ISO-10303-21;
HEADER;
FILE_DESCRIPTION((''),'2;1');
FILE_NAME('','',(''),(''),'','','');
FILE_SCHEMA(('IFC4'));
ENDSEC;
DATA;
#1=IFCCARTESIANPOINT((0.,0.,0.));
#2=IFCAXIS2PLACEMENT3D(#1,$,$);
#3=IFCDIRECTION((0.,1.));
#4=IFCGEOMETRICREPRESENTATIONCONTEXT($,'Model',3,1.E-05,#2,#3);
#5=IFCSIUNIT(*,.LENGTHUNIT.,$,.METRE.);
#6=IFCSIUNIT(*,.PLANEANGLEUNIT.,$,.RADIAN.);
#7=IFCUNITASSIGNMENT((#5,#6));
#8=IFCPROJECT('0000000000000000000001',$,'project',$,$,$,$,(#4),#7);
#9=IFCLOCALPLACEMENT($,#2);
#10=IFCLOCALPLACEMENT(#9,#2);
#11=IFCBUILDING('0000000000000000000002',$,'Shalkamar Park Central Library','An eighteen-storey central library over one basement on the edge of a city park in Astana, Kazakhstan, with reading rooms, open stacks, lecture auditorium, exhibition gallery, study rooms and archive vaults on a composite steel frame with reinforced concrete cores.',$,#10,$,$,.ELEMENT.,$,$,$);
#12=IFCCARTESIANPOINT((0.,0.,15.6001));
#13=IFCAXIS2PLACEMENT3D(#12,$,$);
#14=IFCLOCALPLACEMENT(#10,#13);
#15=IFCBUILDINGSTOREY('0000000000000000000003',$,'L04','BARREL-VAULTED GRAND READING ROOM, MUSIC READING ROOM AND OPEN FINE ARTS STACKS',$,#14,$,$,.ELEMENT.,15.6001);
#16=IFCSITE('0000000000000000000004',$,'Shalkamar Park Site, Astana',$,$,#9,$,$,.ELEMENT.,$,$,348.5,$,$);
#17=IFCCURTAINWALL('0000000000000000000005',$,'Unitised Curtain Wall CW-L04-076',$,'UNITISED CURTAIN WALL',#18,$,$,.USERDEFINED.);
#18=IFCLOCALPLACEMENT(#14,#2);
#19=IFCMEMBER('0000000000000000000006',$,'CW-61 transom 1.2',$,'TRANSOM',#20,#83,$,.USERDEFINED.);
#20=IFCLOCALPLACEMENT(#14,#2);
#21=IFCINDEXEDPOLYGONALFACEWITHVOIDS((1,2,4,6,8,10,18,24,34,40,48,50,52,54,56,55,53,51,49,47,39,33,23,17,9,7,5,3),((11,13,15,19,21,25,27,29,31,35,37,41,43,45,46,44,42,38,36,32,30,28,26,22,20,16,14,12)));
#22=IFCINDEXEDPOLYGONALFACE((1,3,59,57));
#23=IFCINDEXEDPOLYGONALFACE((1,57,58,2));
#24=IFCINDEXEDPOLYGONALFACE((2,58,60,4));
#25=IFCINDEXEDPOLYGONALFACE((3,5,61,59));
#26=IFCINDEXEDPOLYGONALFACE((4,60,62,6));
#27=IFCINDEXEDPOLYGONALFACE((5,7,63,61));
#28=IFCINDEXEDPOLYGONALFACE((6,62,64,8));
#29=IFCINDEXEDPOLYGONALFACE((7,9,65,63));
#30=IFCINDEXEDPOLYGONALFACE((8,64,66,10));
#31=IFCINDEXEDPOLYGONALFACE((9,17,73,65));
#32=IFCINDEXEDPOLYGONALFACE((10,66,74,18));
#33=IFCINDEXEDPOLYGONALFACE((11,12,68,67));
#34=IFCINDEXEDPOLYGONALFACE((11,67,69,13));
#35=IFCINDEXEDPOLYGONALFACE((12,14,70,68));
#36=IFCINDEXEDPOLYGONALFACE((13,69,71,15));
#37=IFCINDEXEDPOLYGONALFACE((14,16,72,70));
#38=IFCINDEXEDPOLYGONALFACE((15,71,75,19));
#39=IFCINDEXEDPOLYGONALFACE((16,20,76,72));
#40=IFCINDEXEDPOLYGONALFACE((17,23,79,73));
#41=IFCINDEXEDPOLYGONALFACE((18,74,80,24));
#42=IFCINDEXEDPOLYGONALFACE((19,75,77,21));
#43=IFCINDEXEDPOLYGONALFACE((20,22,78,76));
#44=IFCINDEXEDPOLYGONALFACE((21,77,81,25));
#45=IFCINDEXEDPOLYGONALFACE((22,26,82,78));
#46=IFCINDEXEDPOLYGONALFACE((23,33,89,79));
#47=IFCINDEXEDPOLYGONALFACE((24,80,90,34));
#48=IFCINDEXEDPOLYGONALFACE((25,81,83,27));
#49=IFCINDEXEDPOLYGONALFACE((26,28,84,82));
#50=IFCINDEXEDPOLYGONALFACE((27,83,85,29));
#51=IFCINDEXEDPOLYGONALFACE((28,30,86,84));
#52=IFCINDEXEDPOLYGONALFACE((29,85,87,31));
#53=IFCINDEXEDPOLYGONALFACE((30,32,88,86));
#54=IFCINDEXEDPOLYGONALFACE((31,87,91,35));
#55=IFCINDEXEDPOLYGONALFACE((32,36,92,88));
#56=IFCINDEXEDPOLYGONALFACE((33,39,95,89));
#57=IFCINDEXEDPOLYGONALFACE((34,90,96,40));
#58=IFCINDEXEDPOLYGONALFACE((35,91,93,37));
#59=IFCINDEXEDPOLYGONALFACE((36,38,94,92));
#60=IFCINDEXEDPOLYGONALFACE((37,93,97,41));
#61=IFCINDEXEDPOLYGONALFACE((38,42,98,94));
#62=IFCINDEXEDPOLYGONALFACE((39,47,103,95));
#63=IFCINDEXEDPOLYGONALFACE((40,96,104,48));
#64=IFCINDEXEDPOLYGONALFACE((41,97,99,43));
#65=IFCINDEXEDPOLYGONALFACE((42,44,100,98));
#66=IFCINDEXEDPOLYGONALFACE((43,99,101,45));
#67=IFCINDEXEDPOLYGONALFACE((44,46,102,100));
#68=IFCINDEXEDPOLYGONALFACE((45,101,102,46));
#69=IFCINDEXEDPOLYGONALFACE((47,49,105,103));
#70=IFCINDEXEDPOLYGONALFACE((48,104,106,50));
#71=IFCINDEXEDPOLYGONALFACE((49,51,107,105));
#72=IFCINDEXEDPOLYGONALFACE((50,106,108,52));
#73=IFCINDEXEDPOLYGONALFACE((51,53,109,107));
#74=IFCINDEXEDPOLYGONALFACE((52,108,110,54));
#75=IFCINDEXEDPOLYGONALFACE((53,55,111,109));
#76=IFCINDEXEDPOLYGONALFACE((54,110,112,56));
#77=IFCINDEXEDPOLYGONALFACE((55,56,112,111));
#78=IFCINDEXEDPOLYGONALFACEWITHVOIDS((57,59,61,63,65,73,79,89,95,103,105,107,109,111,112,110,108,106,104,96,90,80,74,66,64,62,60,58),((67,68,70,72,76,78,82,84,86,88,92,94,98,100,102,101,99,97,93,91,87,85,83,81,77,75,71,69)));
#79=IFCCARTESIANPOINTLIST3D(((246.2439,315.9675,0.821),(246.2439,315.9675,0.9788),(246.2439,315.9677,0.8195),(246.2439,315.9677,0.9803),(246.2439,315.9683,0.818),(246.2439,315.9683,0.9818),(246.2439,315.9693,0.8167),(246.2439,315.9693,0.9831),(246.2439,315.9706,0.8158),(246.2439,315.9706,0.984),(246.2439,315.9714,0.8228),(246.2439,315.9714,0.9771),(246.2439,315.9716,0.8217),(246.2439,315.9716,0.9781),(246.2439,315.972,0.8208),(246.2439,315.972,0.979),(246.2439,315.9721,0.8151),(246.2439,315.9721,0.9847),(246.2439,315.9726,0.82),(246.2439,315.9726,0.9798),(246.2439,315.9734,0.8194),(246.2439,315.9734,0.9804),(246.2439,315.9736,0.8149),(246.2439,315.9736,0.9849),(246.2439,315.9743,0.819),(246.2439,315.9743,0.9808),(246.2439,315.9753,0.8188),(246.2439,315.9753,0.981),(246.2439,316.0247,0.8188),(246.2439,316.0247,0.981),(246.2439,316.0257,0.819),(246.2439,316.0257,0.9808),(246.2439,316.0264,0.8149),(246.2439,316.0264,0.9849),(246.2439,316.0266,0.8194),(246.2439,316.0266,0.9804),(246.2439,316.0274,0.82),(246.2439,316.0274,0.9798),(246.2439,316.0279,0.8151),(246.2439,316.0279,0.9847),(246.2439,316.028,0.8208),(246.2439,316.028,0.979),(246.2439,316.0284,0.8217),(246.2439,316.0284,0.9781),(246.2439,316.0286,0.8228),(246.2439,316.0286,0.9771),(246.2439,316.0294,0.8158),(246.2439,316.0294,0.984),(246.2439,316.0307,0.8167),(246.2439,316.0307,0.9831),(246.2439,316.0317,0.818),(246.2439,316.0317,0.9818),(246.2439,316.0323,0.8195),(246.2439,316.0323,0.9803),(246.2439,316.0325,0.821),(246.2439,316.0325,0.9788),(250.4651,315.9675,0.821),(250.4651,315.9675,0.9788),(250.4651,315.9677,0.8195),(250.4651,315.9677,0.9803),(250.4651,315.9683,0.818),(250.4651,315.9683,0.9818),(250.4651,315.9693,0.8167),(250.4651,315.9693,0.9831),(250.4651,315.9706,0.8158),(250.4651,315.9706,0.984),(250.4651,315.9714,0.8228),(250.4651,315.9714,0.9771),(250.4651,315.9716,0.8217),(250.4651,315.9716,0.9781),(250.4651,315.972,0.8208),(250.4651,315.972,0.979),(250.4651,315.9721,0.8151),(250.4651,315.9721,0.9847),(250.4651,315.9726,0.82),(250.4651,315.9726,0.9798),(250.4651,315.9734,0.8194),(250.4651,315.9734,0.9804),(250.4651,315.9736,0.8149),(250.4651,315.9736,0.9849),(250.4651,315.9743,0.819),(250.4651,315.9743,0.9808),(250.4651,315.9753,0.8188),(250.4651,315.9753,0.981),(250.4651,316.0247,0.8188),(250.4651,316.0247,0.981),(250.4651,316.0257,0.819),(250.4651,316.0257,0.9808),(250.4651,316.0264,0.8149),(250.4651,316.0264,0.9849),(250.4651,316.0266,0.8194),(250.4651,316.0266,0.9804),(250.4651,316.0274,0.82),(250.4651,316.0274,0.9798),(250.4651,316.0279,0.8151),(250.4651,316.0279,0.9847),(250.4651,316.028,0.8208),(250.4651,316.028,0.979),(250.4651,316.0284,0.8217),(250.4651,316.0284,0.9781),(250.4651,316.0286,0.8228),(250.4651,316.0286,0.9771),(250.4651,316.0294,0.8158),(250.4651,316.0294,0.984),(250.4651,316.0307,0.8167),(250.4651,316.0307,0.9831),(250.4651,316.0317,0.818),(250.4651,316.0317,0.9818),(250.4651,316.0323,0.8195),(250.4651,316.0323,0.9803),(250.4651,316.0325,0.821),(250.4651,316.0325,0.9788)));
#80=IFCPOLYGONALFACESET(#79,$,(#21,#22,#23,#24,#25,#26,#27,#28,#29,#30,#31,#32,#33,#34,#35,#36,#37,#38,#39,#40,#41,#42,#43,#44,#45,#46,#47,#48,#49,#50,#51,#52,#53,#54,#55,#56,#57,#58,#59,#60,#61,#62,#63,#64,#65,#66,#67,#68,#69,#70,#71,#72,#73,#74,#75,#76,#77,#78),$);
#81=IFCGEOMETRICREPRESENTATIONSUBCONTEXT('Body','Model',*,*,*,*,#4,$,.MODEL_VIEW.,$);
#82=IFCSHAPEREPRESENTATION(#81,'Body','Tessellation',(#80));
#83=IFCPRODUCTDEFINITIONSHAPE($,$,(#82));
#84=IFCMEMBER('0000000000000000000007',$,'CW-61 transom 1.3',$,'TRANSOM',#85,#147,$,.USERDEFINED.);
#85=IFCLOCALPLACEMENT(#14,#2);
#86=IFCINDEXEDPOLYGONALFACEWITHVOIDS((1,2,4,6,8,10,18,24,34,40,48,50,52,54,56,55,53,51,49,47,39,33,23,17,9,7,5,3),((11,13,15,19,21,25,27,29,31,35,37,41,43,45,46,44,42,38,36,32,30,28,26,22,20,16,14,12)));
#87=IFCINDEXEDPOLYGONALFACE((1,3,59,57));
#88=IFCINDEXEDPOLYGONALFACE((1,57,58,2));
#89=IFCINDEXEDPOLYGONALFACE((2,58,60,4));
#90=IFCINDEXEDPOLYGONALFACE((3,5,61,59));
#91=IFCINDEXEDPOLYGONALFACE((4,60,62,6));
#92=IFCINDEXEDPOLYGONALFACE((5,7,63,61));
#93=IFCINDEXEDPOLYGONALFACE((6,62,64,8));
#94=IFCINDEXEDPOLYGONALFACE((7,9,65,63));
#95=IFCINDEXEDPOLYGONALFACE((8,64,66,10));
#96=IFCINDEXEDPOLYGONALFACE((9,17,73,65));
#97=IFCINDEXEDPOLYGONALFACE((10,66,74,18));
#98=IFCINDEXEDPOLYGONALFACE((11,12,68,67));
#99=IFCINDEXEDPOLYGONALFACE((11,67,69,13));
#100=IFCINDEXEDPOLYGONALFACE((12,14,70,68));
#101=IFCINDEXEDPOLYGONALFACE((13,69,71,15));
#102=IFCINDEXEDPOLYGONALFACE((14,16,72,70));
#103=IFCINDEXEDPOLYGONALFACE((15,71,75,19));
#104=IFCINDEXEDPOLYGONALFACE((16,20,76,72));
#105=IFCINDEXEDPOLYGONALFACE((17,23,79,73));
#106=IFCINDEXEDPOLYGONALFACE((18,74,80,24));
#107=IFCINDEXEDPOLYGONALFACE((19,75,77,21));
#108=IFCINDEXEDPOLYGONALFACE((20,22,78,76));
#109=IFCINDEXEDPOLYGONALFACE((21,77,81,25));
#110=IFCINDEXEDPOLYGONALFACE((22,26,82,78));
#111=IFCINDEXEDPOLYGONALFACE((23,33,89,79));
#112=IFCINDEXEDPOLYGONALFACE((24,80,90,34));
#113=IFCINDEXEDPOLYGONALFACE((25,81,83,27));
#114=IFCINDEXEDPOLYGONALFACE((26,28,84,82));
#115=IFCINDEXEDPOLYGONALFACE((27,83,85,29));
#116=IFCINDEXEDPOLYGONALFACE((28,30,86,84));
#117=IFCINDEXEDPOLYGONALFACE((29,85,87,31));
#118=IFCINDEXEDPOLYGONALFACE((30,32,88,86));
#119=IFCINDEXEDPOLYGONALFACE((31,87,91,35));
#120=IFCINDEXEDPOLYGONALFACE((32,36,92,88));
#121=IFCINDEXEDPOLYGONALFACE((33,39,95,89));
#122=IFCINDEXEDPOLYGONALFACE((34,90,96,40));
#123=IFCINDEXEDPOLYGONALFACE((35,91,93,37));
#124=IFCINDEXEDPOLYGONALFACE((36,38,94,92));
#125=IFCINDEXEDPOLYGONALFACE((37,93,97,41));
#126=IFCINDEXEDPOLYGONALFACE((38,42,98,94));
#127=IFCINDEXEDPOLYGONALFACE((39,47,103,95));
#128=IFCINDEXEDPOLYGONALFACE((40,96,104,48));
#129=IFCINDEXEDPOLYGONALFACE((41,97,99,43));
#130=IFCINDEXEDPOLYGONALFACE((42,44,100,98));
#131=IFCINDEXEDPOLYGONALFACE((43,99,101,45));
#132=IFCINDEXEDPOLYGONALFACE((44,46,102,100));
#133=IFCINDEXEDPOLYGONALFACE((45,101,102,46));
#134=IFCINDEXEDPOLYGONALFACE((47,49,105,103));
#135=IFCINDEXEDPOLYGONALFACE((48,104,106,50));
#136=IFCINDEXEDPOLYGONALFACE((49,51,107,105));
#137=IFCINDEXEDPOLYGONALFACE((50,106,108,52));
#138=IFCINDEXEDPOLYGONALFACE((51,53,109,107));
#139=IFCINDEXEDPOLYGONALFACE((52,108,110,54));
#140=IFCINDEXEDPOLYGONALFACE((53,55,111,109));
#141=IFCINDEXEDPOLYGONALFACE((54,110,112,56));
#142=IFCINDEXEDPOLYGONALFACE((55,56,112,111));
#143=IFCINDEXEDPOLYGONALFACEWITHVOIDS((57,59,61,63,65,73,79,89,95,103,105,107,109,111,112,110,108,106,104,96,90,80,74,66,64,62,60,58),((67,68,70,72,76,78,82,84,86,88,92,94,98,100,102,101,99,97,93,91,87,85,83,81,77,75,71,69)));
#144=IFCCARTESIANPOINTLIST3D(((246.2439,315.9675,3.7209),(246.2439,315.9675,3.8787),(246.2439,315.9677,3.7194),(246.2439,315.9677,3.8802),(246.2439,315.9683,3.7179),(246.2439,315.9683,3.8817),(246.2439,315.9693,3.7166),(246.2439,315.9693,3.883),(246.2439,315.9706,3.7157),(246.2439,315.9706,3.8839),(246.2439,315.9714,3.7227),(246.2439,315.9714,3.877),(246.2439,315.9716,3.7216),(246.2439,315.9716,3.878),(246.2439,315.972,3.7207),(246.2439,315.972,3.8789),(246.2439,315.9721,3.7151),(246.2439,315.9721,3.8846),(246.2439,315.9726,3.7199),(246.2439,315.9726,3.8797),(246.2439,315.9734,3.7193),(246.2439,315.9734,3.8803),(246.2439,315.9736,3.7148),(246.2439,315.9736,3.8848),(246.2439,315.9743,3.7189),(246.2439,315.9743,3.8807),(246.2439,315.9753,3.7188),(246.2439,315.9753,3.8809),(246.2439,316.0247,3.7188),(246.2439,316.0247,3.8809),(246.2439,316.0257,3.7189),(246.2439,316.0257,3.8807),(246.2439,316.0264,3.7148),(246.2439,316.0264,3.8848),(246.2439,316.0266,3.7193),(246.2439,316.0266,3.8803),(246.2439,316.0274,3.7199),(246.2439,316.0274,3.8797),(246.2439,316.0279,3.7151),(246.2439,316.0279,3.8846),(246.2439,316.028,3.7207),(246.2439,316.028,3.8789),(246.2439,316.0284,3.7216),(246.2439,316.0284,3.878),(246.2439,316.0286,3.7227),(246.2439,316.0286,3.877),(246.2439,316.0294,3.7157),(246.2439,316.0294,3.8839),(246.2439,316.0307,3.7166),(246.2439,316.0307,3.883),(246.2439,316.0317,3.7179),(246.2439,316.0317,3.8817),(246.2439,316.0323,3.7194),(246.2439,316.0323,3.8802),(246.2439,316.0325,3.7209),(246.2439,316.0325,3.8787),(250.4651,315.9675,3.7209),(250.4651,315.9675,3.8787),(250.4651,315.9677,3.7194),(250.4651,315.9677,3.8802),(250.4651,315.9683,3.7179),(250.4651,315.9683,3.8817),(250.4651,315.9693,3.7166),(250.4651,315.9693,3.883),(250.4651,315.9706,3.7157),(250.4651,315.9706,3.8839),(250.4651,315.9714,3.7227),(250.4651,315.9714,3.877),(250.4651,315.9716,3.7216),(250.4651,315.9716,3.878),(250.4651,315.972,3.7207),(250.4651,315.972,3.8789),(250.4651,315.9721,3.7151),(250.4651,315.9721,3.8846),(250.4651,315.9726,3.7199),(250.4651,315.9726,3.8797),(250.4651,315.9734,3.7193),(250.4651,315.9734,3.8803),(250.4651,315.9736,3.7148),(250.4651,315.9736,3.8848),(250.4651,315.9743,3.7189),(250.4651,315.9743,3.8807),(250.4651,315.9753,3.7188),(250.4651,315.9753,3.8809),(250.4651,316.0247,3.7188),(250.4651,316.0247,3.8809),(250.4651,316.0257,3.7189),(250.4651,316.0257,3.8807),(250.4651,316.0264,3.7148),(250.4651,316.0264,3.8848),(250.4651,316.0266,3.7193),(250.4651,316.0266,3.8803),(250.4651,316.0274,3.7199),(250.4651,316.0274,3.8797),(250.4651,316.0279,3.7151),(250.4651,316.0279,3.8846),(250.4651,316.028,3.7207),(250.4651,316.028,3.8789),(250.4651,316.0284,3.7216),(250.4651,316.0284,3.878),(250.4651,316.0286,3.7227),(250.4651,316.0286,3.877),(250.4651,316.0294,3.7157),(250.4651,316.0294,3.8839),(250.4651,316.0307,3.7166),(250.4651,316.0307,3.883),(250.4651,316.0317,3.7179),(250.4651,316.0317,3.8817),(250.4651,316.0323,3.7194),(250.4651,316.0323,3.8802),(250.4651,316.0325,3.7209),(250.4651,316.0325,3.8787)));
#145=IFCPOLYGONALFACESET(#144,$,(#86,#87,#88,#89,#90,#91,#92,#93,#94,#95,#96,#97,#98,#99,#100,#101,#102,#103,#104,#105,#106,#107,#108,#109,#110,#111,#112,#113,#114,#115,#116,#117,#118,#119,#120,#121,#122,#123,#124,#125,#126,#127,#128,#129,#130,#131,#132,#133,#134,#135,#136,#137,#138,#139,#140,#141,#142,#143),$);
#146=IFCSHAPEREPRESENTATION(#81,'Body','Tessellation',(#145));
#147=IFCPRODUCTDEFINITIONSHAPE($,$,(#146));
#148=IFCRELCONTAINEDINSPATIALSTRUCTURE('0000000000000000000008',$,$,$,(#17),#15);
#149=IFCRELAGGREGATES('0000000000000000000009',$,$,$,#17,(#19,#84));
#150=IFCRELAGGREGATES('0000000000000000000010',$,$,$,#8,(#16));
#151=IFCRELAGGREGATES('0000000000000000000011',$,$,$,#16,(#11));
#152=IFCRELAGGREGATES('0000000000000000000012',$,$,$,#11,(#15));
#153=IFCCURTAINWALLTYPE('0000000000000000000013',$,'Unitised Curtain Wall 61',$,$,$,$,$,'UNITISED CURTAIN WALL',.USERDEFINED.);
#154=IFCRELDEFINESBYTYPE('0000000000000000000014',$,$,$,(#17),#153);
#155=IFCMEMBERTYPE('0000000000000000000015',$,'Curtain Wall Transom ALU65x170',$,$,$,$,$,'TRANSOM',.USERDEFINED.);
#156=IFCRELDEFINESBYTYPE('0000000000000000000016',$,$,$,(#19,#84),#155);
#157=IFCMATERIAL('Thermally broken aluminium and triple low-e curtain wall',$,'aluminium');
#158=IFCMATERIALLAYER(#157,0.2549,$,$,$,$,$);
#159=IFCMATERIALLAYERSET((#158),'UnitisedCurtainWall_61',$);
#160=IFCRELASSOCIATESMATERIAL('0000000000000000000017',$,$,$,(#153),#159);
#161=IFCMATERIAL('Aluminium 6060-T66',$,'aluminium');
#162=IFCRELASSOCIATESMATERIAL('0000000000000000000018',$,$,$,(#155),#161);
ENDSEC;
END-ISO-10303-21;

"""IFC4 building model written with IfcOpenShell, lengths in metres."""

from ifc_helpers import new_model, si_unit, direction, frame, origin, origin_2d, place, context, subcontext, project, spatial, hollow_rectangle, extrude, material, layer, layer_set, material_profile, profile_set, type_object, element, aggregate, save


model = new_model("IFC4")

# Units and contexts
model_context = context("Model", 3, precision=1e-05, world=origin(), true_north=direction((0.0, 1.0)))
body_context = subcontext(model_context, "Body", "Model", "MODEL_VIEW")
ifc_project = project(units=[si_unit("LENGTHUNIT", "METRE"), si_unit("PLANEANGLEUNIT", "RADIAN")], contexts=[model_context])

# Site, building, storey
site_placement = place(None, origin())
site = spatial("IfcSite", under=ifc_project, at=site_placement, Name="Shalkamar Park Site, Astana", CompositionType="ELEMENT", RefElevation=348.5)
building_placement = place(site_placement, origin())
building = spatial("IfcBuilding", under=site, at=building_placement, Name="Shalkamar Park Central Library", Description="An eighteen-storey central library over one basement on the edge of a city park in Astana, Kazakhstan, with reading rooms, open stacks, lecture auditorium, exhibition gallery, study rooms and archive vaults on a composite steel frame with reinforced concrete cores.", CompositionType="ELEMENT")
storey_placement = place(building_placement, frame((0.0, 0.0, 15.6001)))
storey = spatial("IfcBuildingStorey", under=building, at=storey_placement, Name="L04", Description="BARREL-VAULTED GRAND READING ROOM, MUSIC READING ROOM AND OPEN FINE ARTS STACKS", CompositionType="ELEMENT", Elevation=15.6001)

# Curtain wall
ifc_material_1 = material(Name="Thermally broken aluminium and triple low-e curtain wall", Category="aluminium")
ifc_material_2 = material(Name="Aluminium 6060-T66", Category="aluminium")
ifc_layer_1 = layer(ifc_material_1, 0.2549)
ifc_layer_set_1 = layer_set([ifc_layer_1], Name="UnitisedCurtainWall_61")
curtain_wall_type_1 = type_object("IfcCurtainWallType", Name="Unitised Curtain Wall 61", ElementType="UNITISED CURTAIN WALL", PredefinedType="USERDEFINED", material=ifc_layer_set_1)
curtain_wall_1_placement = place(storey_placement, origin())
curtain_wall_1 = element("IfcCurtainWall", 1, at=curtain_wall_1_placement, inside=storey, type_object=curtain_wall_type_1, Name="Unitised Curtain Wall CW-L04-076", ObjectType="UNITISED CURTAIN WALL", PredefinedType="USERDEFINED")

# Members
ifc_material_profile_1 = material_profile(ifc_material_2, hollow_rectangle(XDim=0.0649, YDim=0.1699, WallThickness=0.0039, InnerFilletRadius=0.0039, OuterFilletRadius=0.0061, at=origin_2d()), Name="ALU 65x170x4")
ifc_profile_set_1 = profile_set([ifc_material_profile_1], Name="Aluminium 6060-T66")
member_type_1 = type_object("IfcMemberType", Name="Curtain Wall Transom ALU65x170", ElementType="TRANSOM", PredefinedType="USERDEFINED", material=ifc_profile_set_1)
member_1_placement = place(storey_placement, frame((246.2439, 316.0, 0.8999), z_axis=(1.0, 0.0, 0.0), x_axis=(0.0, 1.0, 0.0)))
member_1 = element("IfcMember", 2, at=member_1_placement, type_object=member_type_1, Name="CW-61 transom 1.2", ObjectType="TRANSOM", PredefinedType="USERDEFINED", context=body_context, shape_type="SweptSolid", body=[
    extrude(hollow_rectangle(XDim=0.0649, YDim=0.1699, WallThickness=0.0039, InnerFilletRadius=0.0039, OuterFilletRadius=0.0061, at=origin_2d()), origin(), (0.0, 0.0, 1.0), 4.2212),
])
member_2_placement = place(storey_placement, frame((246.2439, 316.0, 3.7998), z_axis=(1.0, 0.0, 0.0), x_axis=(0.0, 1.0, 0.0)))
member_2 = element("IfcMember", 3, at=member_2_placement, type_object=member_type_1, Name="CW-61 transom 1.3", ObjectType="TRANSOM", PredefinedType="USERDEFINED", context=body_context, shape_type="SweptSolid", body=[
    extrude(hollow_rectangle(XDim=0.0649, YDim=0.1699, WallThickness=0.0039, InnerFilletRadius=0.0039, OuterFilletRadius=0.0061, at=origin_2d()), origin(), (0.0, 0.0, 1.0), 4.2212),
])

aggregate(curtain_wall_1, [member_1, member_2])

save(model, "model.ifc")
